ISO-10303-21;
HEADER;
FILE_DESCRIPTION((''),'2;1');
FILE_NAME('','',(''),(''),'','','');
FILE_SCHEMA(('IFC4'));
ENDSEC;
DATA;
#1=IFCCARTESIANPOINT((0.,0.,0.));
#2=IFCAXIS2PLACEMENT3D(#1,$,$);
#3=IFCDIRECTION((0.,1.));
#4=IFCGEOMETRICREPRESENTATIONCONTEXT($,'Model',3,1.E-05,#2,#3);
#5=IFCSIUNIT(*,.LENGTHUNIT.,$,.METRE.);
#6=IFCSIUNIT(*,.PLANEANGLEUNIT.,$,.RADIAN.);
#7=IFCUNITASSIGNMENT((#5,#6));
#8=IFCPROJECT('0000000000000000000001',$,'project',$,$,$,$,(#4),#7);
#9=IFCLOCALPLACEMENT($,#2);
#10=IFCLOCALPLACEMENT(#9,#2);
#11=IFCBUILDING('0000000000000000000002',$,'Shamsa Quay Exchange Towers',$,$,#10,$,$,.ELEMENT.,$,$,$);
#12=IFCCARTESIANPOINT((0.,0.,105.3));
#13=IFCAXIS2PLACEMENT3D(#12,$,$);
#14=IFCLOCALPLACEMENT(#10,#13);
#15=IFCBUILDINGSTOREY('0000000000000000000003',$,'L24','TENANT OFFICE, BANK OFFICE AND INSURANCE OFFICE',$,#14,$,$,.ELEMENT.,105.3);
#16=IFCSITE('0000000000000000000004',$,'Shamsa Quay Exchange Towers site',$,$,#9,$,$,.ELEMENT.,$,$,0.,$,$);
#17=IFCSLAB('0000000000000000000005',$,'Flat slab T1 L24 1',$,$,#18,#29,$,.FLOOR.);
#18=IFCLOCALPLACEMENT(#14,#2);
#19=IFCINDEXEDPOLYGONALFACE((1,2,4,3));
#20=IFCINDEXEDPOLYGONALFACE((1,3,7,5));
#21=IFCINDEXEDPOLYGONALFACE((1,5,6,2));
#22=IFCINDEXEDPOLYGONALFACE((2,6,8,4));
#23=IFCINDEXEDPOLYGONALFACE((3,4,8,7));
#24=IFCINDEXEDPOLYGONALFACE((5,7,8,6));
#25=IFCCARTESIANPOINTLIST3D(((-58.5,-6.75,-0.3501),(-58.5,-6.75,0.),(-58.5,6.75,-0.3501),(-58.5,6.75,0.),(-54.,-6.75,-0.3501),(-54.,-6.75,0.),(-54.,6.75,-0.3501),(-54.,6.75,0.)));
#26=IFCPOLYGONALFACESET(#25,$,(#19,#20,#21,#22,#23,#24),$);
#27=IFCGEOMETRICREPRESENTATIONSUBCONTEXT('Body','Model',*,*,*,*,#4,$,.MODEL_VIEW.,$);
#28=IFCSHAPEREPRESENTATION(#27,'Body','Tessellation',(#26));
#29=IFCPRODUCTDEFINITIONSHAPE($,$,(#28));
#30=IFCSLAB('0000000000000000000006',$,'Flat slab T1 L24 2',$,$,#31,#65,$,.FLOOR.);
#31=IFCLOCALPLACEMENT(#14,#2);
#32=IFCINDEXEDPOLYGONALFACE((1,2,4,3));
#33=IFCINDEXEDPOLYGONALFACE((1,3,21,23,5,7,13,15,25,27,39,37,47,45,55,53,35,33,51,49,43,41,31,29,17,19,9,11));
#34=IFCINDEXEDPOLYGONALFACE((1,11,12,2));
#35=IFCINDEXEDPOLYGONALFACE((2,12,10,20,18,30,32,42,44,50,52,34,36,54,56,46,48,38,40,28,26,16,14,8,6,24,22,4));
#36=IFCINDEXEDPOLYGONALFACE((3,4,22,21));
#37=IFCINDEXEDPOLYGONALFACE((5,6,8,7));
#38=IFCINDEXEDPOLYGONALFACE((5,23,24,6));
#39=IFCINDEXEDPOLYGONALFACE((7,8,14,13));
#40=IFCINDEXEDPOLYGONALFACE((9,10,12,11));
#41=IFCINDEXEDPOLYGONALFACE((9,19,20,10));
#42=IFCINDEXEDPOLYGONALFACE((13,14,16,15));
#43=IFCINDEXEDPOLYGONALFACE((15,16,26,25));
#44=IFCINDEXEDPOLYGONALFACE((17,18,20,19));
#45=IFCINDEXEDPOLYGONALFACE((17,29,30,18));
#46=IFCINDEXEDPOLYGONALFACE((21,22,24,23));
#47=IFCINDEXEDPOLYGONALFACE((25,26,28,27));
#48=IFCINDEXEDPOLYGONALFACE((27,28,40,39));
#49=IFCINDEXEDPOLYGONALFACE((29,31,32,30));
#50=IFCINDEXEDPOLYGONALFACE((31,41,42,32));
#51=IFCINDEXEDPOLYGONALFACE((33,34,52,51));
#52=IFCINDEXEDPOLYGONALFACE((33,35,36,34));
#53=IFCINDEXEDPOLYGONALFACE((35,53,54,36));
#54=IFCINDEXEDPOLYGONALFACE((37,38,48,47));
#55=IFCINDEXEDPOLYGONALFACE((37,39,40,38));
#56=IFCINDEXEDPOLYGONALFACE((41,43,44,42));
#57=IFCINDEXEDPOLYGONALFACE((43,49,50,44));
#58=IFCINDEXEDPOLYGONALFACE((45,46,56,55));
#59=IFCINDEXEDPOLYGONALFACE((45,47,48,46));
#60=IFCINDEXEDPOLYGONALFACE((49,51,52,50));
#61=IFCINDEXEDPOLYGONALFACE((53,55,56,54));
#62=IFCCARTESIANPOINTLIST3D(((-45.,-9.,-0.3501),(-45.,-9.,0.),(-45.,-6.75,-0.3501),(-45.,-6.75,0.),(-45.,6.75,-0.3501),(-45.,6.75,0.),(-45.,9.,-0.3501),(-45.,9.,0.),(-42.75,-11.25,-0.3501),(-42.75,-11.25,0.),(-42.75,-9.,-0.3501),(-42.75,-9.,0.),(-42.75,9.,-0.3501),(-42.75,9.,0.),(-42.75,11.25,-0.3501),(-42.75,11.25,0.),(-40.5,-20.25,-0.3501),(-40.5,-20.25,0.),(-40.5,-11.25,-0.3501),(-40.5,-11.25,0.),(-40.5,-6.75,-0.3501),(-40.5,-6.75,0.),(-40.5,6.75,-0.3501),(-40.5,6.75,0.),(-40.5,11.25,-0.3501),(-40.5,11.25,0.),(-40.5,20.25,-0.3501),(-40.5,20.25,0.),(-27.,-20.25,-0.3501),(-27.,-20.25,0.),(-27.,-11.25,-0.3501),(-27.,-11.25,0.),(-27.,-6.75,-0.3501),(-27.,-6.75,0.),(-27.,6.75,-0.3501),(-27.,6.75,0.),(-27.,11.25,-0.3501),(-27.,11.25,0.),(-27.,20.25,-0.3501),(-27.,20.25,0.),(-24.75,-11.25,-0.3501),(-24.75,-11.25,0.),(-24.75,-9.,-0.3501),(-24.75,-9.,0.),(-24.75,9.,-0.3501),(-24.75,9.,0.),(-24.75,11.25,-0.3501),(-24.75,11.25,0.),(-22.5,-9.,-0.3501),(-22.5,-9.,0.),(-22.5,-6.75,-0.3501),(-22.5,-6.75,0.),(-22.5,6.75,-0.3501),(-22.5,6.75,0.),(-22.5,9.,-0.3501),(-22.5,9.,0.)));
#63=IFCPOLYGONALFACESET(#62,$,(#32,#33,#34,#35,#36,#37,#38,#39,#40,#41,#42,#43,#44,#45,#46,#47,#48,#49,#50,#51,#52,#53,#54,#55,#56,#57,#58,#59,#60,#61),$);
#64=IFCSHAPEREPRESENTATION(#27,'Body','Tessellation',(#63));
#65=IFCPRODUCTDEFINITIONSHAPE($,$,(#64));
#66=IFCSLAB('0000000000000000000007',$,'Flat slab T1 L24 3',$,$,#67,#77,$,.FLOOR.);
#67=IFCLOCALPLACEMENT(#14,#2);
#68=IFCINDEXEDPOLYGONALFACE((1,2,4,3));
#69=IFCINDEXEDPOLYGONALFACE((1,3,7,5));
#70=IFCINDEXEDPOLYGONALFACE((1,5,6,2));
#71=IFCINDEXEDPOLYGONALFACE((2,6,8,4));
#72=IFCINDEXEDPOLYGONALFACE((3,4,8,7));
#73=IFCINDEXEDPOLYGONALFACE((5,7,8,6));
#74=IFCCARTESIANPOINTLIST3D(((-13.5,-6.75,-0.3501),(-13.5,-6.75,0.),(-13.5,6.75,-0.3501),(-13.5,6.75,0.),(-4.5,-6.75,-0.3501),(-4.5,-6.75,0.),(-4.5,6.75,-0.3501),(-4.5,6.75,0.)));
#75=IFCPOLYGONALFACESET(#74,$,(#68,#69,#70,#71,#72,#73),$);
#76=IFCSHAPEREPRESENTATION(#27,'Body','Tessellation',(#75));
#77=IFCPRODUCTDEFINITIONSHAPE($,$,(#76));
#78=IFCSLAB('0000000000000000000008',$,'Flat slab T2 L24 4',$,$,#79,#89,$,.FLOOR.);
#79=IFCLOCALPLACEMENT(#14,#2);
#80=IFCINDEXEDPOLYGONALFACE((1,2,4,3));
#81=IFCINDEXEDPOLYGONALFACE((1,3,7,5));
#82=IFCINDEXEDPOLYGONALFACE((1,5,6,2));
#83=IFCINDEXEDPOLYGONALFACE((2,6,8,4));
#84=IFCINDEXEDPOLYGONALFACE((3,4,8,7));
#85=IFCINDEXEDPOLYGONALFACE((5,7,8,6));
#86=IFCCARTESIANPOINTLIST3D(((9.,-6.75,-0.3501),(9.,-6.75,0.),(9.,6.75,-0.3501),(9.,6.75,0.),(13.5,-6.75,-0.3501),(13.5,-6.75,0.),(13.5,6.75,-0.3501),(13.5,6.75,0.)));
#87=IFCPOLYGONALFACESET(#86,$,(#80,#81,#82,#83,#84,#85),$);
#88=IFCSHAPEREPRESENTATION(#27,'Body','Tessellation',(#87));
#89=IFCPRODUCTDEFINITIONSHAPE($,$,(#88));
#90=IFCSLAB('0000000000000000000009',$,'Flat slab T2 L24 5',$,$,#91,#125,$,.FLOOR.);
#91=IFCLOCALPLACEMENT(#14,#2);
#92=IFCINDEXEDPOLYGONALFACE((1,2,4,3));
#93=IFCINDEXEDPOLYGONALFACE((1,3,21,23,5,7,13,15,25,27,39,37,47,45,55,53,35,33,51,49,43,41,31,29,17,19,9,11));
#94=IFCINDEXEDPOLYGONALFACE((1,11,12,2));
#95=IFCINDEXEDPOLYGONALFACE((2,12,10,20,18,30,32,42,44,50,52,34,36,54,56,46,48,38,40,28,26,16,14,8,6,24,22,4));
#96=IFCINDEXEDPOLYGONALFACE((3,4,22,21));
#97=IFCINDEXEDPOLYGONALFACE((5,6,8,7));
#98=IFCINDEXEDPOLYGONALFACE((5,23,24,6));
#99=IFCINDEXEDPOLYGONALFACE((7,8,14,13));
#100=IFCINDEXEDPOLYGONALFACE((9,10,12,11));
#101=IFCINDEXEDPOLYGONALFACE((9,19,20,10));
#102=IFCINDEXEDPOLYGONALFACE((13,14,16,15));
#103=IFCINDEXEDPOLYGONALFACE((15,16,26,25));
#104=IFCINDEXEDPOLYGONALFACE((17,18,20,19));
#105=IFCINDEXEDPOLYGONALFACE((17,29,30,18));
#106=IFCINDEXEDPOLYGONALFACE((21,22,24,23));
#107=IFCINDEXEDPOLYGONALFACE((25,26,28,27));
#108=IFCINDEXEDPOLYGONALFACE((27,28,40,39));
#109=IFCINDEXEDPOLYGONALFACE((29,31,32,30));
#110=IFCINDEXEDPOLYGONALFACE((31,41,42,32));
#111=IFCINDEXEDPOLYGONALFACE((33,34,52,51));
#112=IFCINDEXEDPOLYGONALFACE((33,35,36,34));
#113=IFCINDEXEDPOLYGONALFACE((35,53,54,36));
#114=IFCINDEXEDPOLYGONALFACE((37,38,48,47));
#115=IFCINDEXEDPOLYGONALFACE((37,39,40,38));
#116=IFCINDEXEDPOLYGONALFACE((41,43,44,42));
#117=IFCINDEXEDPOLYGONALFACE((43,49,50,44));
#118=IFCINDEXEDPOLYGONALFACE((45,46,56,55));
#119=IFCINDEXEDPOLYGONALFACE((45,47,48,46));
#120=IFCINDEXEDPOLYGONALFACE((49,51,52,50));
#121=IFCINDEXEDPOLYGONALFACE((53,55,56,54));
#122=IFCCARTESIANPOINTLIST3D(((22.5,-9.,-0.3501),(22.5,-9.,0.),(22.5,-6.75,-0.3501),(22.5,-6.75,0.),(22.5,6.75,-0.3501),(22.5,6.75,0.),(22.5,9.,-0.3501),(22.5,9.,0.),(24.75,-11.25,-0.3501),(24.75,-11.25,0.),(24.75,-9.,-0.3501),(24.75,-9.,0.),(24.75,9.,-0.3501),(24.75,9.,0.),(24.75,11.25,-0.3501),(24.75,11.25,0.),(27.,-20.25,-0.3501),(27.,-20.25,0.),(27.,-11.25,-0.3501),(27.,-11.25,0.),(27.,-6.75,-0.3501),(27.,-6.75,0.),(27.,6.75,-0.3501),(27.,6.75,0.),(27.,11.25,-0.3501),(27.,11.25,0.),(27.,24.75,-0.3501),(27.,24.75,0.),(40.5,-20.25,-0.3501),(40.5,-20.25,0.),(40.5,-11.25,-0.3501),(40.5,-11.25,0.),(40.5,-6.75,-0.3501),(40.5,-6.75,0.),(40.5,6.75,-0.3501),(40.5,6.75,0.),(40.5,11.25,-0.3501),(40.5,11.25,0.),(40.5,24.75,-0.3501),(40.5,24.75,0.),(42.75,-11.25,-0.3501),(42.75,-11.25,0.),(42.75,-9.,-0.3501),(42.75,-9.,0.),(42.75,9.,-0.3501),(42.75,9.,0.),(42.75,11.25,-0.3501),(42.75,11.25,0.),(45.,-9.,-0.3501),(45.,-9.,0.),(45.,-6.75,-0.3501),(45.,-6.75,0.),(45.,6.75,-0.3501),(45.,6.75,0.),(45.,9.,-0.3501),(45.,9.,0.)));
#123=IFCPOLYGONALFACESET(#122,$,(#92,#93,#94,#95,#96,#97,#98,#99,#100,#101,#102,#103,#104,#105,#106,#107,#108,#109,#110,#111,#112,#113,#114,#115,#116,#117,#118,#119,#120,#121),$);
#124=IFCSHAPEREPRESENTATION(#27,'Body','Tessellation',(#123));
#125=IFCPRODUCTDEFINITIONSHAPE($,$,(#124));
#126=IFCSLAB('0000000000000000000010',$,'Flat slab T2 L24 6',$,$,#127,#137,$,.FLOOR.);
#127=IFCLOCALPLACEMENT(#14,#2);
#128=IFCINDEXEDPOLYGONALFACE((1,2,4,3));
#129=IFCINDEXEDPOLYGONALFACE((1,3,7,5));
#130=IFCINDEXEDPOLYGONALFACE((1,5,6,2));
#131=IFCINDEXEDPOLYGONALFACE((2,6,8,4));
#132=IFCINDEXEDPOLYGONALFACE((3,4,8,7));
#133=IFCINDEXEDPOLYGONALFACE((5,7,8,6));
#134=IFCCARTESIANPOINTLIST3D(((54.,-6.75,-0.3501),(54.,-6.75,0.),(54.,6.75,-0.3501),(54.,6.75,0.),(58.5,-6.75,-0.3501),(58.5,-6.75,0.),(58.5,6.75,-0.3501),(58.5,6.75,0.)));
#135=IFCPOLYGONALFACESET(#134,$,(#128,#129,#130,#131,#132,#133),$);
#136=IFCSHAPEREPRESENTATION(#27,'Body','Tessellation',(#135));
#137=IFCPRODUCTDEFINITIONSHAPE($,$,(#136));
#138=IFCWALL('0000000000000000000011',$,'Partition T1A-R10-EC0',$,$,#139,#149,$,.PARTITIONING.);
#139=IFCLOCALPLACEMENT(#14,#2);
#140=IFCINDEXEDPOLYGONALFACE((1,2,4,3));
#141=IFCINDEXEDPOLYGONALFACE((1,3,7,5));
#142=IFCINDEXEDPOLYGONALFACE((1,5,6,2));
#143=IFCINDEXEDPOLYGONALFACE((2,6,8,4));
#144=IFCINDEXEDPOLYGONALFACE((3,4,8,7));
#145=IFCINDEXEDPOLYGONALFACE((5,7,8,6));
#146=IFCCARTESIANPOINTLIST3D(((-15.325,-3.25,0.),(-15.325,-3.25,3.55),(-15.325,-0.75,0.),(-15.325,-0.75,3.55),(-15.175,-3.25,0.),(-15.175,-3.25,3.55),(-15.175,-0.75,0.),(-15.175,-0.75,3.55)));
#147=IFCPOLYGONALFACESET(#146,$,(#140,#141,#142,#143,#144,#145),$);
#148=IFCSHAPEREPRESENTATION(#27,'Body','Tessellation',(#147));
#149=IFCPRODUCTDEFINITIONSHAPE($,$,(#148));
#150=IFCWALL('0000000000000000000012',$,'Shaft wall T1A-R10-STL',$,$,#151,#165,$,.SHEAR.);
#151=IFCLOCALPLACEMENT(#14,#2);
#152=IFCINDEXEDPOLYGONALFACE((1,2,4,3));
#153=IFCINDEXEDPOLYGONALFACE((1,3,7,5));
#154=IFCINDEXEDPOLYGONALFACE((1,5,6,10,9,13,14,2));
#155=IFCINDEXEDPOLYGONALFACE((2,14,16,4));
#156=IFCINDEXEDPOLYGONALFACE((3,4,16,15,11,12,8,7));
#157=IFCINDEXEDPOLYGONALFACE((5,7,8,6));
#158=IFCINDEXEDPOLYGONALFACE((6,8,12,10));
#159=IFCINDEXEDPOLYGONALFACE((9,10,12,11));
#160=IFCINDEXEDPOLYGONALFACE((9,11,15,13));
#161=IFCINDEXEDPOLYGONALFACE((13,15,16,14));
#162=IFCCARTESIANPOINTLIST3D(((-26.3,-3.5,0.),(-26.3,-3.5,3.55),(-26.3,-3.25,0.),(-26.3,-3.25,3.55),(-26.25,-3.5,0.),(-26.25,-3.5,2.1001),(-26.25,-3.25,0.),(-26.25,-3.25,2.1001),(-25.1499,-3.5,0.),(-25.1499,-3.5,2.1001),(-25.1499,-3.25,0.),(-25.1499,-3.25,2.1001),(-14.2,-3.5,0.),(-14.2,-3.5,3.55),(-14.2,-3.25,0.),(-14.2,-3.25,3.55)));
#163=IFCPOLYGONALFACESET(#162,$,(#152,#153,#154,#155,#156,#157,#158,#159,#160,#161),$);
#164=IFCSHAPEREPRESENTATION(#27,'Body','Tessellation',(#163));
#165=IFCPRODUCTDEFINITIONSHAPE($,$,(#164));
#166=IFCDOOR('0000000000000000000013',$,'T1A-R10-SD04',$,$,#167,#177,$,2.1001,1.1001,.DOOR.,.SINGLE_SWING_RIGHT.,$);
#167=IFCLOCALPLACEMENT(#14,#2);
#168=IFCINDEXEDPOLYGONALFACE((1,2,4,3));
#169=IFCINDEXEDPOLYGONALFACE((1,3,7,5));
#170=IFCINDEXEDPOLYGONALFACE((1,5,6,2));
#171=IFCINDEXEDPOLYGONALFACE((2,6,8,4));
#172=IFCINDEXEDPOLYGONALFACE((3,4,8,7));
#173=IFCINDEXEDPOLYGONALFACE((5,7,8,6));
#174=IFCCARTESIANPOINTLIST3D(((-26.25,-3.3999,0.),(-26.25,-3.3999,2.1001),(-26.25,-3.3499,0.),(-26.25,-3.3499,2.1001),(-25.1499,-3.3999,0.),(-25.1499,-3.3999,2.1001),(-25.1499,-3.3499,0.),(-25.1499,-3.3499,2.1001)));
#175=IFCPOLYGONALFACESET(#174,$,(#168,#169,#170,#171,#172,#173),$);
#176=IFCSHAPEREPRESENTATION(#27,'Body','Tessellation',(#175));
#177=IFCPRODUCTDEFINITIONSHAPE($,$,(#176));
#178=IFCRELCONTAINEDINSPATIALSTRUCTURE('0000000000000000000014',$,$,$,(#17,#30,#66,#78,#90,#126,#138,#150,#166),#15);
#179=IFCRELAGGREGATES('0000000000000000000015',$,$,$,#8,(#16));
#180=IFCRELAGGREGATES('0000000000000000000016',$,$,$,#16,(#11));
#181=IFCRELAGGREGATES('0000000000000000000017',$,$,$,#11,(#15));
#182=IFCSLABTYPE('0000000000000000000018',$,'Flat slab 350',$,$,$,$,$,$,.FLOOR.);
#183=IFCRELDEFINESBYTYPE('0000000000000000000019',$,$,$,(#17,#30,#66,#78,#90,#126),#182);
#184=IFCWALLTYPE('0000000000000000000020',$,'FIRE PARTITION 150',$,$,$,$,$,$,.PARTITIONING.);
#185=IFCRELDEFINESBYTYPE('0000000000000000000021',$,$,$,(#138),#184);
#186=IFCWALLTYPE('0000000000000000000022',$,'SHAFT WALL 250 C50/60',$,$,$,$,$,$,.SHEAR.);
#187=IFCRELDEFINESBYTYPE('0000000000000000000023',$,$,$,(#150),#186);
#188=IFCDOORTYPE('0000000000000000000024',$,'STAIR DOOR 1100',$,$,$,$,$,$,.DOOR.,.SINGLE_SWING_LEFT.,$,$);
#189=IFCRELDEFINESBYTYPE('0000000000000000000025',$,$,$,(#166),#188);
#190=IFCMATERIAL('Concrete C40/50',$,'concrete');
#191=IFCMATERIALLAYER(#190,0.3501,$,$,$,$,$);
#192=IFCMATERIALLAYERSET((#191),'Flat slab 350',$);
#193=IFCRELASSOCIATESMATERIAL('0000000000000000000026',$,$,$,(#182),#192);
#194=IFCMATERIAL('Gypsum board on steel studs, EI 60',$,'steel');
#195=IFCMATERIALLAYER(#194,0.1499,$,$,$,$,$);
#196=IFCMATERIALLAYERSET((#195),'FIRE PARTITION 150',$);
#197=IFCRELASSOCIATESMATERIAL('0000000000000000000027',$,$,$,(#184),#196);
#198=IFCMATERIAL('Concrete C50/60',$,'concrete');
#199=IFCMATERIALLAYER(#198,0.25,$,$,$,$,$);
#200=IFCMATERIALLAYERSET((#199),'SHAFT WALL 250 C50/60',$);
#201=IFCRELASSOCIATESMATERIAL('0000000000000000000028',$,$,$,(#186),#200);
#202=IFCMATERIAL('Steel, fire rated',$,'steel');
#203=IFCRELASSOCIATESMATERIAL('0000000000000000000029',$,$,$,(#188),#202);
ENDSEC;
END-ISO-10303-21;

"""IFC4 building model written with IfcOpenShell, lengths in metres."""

from ifc_helpers import new_model, si_unit, direction, frame, frame_2d, origin, place, context, subcontext, project, spatial, polyline, rectangle, outline, extrude, material, layer, layer_set, type_object, element, fill, save


model = new_model("IFC4")

# Units and contexts
model_context = context("Model", 3, precision=1e-05, world=origin(), true_north=direction((0.0, 1.0)))
body_context = subcontext(model_context, "Body", "Model", "MODEL_VIEW")
ifc_project = project(units=[si_unit("LENGTHUNIT", "METRE"), si_unit("PLANEANGLEUNIT", "RADIAN")], contexts=[model_context])

# Site, building, storey
site_placement = place(None, origin())
site = spatial("IfcSite", under=ifc_project, at=site_placement, Name="Shamsa Quay Exchange Towers site", CompositionType="ELEMENT", RefElevation=0.0)
building_placement = place(site_placement, origin())
building = spatial("IfcBuilding", under=site, at=building_placement, Name="Shamsa Quay Exchange Towers", CompositionType="ELEMENT")
storey_placement = place(building_placement, frame((0.0, 0.0, 105.3)))
storey = spatial("IfcBuildingStorey", under=building, at=storey_placement, Name="L24", Description="TENANT OFFICE, BANK OFFICE AND INSURANCE OFFICE", CompositionType="ELEMENT", Elevation=105.3)

# Slabs
ifc_material_1 = material(Name="Concrete C40/50", Category="concrete")
ifc_layer_1 = layer(ifc_material_1, 0.3501)
ifc_layer_set_1 = layer_set([ifc_layer_1], Name="Flat slab 350")
slab_type_1 = type_object("IfcSlabType", Name="Flat slab 350", PredefinedType="FLOOR", material=ifc_layer_set_1)
slab_1_placement = place(storey_placement, frame((0.0, 0.0, -0.3501)))
element("IfcSlab", 1, at=slab_1_placement, inside=storey, type_object=slab_type_1, Name="Flat slab T1 L24 1", PredefinedType="FLOOR", context=body_context, shape_type="SweptSolid", body=[
    extrude(outline(polyline([(-58.5, -6.75), (-54.0, -6.75), (-54.0, 6.75), (-58.5, 6.75), (-58.5, -6.75)])), origin(), (0.0, 0.0, 1.0), 0.3501),
])
slab_2_placement = place(storey_placement, frame((0.0, 0.0, -0.3501)))
element("IfcSlab", 2, at=slab_2_placement, inside=storey, type_object=slab_type_1, Name="Flat slab T1 L24 2", PredefinedType="FLOOR", context=body_context, shape_type="SweptSolid", body=[
    extrude(outline(polyline([(-22.5, -9.0), (-22.5, -6.75), (-27.0, -6.75), (-27.0, 6.75), (-22.5, 6.75), (-22.5, 9.0), (-24.75, 9.0), (-24.75, 11.25), (-27.0, 11.25), (-27.0, 20.25), (-40.5, 20.25), (-40.5, 11.25), (-42.75, 11.25), (-42.75, 9.0), (-45.0, 9.0), (-45.0, 6.75), (-40.5, 6.75), (-40.5, -6.75), (-45.0, -6.75), (-45.0, -9.0), (-42.75, -9.0), (-42.75, -11.25), (-40.5, -11.25), (-40.5, -20.25), (-27.0, -20.25), (-27.0, -11.25), (-24.75, -11.25), (-24.75, -9.0), (-22.5, -9.0)])), origin(), (0.0, 0.0, 1.0), 0.3501),
])
slab_3_placement = place(storey_placement, frame((0.0, 0.0, -0.3501)))
element("IfcSlab", 3, at=slab_3_placement, inside=storey, type_object=slab_type_1, Name="Flat slab T1 L24 3", PredefinedType="FLOOR", context=body_context, shape_type="SweptSolid", body=[
    extrude(outline(polyline([(-4.5, 6.75), (-13.5, 6.75), (-13.5, -6.75), (-4.5, -6.75), (-4.5, 6.75)])), origin(), (0.0, 0.0, 1.0), 0.3501),
])
slab_4_placement = place(storey_placement, frame((0.0, 0.0, -0.3501)))
element("IfcSlab", 4, at=slab_4_placement, inside=storey, type_object=slab_type_1, Name="Flat slab T2 L24 4", PredefinedType="FLOOR", context=body_context, shape_type="SweptSolid", body=[
    extrude(outline(polyline([(9.0, -6.75), (13.5, -6.75), (13.5, 6.75), (9.0, 6.75), (9.0, -6.75)])), origin(), (0.0, 0.0, 1.0), 0.3501),
])
slab_5_placement = place(storey_placement, frame((0.0, 0.0, -0.3501)))
element("IfcSlab", 5, at=slab_5_placement, inside=storey, type_object=slab_type_1, Name="Flat slab T2 L24 5", PredefinedType="FLOOR", context=body_context, shape_type="SweptSolid", body=[
    extrude(outline(polyline([(45.0, -9.0), (45.0, -6.75), (40.5, -6.75), (40.5, 6.75), (45.0, 6.75), (45.0, 9.0), (42.75, 9.0), (42.75, 11.25), (40.5, 11.25), (40.5, 24.75), (27.0, 24.75), (27.0, 11.25), (24.75, 11.25), (24.75, 9.0), (22.5, 9.0), (22.5, 6.75), (27.0, 6.75), (27.0, -6.75), (22.5, -6.75), (22.5, -9.0), (24.75, -9.0), (24.75, -11.25), (27.0, -11.25), (27.0, -20.25), (40.5, -20.25), (40.5, -11.25), (42.75, -11.25), (42.75, -9.0), (45.0, -9.0)])), origin(), (0.0, 0.0, 1.0), 0.3501),
])
slab_6_placement = place(storey_placement, frame((0.0, 0.0, -0.3501)))
element("IfcSlab", 6, at=slab_6_placement, inside=storey, type_object=slab_type_1, Name="Flat slab T2 L24 6", PredefinedType="FLOOR", context=body_context, shape_type="SweptSolid", body=[
    extrude(outline(polyline([(58.5, 6.75), (54.0, 6.75), (54.0, -6.75), (58.5, -6.75), (58.5, 6.75)])), origin(), (0.0, 0.0, 1.0), 0.3501),
])

# Wall
ifc_material_2 = material(Name="Gypsum board on steel studs, EI 60", Category="steel")
ifc_layer_2 = layer(ifc_material_2, 0.1499)
ifc_layer_set_2 = layer_set([ifc_layer_2], Name="FIRE PARTITION 150")
wall_type_1 = type_object("IfcWallType", Name="FIRE PARTITION 150", PredefinedType="PARTITIONING", material=ifc_layer_set_2)
wall_1_placement = place(storey_placement, frame((-15.25, -3.25, 0.0), z_axis=(0.0, 0.0, 1.0), x_axis=(0.0, 1.0, 0.0)))
element("IfcWall", 7, at=wall_1_placement, inside=storey, type_object=wall_type_1, Name="Partition T1A-R10-EC0", PredefinedType="PARTITIONING", context=body_context, shape_type="SweptSolid", body=[
    extrude(rectangle(XDim=2.5, YDim=0.1499, at=frame_2d((1.25, 0.0))), origin(), (0.0, 0.0, 1.0), 3.55),
])

# Wall, opening, door
ifc_material_3 = material(Name="Concrete C50/60", Category="concrete")
ifc_layer_3 = layer(ifc_material_3, 0.25)
ifc_layer_set_3 = layer_set([ifc_layer_3], Name="SHAFT WALL 250 C50/60")
wall_type_2 = type_object("IfcWallType", Name="SHAFT WALL 250 C50/60", PredefinedType="SHEAR", material=ifc_layer_set_3)
wall_2_placement = place(storey_placement, frame((-14.2, -3.375, 0.0), z_axis=(0.0, 0.0, 1.0), x_axis=(-1.0, 0.0, 0.0)))
wall_2 = element("IfcWall", 8, at=wall_2_placement, inside=storey, type_object=wall_type_2, Name="Shaft wall T1A-R10-STL", PredefinedType="SHEAR", context=body_context, shape_type="SweptSolid", body=[
    extrude(rectangle(XDim=12.1001, YDim=0.25, at=frame_2d((6.05, 0.0))), origin(), (0.0, 0.0, 1.0), 3.55),
])
opening_1_placement = place(wall_2_placement, frame((10.95, 0.0, 0.0)))
opening_1 = element("IfcOpeningElement", 9, at=opening_1_placement, cuts=wall_2, PredefinedType="OPENING", context=body_context, shape_type="SweptSolid", body=[
    extrude(rectangle(XDim=1.1001, YDim=2.1001, at=frame_2d((0.55, 1.05))), frame((0.0, 0.135, 0.0), z_axis=(0.0, -1.0, 0.0), x_axis=(1.0, 0.0, 0.0)), (0.0, 0.0, 1.0), 0.27),
])
ifc_material_4 = material(Name="Steel, fire rated", Category="steel")
door_type_1 = type_object("IfcDoorType", Name="STAIR DOOR 1100", OperationType="SINGLE_SWING_LEFT", PredefinedType="DOOR", material=ifc_material_4)
door_1_placement = place(opening_1_placement, origin())
door_1 = element("IfcDoor", 10, at=door_1_placement, inside=storey, type_object=door_type_1, Name="T1A-R10-SD04", OperationType="SINGLE_SWING_RIGHT", OverallHeight=2.1001, OverallWidth=1.1001, PredefinedType="DOOR", context=body_context, shape_type="SweptSolid", body=[
    extrude(rectangle(XDim=1.1001, YDim=2.1001, at=frame_2d((0.55, 1.05))), frame((0.0, 0.0249, 0.0), z_axis=(0.0, -1.0, 0.0), x_axis=(1.0, 0.0, 0.0)), (0.0, 0.0, 1.0), 0.05),
])
fill(opening_1, door_1)

save(model, "model.ifc")
